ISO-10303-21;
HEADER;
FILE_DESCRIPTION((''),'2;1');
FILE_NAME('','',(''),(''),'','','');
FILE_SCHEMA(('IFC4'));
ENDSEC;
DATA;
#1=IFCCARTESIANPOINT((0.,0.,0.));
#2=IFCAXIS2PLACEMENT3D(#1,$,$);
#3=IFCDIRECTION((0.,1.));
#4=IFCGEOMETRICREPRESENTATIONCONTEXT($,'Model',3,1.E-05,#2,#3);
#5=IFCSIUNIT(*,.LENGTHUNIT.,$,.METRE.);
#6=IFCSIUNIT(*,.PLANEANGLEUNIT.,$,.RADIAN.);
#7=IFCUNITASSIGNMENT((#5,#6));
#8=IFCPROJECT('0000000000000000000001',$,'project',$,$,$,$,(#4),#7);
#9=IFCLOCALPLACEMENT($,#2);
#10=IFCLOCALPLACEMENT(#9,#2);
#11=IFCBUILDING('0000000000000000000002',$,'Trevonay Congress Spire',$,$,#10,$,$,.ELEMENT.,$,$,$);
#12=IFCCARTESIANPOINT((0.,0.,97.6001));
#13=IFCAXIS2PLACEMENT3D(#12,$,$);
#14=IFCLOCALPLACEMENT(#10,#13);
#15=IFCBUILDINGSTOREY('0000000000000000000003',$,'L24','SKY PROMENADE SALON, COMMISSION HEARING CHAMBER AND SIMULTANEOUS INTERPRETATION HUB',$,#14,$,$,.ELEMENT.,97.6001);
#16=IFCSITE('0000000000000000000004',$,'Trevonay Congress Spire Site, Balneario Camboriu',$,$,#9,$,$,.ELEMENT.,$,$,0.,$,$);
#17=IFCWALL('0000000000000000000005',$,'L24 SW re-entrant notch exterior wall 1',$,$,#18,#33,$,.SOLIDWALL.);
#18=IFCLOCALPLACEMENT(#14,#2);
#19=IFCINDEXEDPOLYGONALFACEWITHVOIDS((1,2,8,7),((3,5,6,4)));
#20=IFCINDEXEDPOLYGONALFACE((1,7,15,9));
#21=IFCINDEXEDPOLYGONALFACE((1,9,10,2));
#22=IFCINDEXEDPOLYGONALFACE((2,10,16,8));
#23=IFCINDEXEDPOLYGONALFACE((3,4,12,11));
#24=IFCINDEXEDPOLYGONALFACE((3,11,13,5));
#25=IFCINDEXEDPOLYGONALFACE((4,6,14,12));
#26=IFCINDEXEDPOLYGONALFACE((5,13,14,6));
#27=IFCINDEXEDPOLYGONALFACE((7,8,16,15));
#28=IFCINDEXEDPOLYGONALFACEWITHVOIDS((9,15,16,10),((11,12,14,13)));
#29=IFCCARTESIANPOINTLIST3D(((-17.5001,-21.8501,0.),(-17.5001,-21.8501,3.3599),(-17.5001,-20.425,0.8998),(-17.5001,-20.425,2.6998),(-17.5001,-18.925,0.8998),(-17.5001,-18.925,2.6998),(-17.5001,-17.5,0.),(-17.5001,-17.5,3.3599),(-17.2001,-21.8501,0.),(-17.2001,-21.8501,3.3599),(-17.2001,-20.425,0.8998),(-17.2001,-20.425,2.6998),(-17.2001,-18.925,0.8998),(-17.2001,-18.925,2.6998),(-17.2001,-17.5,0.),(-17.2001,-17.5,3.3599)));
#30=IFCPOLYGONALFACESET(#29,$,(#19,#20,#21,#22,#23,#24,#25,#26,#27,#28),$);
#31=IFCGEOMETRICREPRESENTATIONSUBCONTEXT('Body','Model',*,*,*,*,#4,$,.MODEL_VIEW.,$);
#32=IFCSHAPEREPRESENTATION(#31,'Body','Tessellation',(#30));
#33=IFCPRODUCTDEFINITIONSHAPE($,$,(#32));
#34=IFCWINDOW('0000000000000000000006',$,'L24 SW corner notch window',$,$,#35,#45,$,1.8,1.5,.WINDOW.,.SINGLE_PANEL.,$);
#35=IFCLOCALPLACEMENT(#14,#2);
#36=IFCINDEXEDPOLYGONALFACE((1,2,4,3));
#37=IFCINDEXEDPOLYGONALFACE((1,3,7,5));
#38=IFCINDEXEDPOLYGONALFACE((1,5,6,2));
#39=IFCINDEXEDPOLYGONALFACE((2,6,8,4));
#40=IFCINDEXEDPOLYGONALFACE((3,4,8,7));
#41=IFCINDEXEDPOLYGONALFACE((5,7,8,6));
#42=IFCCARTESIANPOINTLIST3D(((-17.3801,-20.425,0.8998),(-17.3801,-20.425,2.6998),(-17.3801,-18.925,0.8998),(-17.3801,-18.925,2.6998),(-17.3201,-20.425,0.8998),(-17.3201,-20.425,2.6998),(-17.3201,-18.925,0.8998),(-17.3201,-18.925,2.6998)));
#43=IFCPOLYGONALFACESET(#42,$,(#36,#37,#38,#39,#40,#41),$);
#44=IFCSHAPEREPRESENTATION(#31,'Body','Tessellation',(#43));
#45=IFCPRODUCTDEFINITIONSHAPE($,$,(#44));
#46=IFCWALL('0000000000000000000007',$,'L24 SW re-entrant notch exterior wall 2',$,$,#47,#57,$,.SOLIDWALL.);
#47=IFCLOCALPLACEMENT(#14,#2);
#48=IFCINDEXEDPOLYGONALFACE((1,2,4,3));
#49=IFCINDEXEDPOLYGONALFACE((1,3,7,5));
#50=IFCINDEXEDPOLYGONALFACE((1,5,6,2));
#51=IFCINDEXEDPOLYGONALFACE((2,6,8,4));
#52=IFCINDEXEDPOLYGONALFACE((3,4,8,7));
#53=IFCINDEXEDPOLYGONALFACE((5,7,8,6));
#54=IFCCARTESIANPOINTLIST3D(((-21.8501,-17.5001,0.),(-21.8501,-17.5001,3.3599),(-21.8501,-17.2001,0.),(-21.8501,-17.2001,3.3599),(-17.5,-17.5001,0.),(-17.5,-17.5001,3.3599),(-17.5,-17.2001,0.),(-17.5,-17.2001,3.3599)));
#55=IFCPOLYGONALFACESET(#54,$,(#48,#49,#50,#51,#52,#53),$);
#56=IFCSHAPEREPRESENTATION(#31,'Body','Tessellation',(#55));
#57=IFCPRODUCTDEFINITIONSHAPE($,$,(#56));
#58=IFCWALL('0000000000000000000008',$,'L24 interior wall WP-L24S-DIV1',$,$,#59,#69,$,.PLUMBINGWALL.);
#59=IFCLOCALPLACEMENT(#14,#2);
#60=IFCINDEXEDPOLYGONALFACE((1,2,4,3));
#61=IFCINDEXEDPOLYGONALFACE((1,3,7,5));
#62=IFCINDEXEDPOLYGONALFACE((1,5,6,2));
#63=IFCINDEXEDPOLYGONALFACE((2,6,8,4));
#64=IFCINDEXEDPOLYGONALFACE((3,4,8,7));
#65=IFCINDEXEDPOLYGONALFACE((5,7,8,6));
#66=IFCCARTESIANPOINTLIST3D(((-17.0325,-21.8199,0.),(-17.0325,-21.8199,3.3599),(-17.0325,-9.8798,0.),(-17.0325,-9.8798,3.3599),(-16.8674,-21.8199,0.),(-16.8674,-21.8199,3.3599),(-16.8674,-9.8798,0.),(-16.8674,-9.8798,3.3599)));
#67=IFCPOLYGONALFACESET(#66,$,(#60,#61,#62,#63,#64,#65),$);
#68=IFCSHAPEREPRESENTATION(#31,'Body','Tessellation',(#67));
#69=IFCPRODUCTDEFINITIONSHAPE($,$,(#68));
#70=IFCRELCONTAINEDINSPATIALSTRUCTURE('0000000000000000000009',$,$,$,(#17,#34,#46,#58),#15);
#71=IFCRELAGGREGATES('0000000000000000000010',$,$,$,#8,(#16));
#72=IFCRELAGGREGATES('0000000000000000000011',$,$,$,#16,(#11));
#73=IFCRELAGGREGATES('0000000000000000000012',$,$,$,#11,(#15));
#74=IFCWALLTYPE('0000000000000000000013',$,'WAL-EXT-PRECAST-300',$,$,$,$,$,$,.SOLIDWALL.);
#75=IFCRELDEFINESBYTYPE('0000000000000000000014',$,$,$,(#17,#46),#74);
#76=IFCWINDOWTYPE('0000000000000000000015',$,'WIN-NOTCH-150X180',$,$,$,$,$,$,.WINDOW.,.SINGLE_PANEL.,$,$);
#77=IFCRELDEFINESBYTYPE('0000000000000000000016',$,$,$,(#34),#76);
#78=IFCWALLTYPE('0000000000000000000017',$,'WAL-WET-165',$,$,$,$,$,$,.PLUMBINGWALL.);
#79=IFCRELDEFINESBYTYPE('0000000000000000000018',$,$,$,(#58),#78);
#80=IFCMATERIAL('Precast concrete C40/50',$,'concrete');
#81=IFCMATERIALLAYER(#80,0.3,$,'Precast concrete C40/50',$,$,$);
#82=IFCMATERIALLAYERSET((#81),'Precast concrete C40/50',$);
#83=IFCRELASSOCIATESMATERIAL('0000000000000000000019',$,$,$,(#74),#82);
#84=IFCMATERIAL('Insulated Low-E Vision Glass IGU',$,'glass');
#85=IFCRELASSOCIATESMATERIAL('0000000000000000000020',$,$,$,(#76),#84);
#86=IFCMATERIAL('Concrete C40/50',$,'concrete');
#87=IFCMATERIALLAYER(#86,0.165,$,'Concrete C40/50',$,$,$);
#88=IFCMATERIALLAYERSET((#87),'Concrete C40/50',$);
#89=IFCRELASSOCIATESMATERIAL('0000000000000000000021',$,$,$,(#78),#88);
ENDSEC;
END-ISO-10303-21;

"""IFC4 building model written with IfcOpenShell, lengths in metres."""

from ifc_helpers import new_model, si_unit, direction, frame, frame_2d, origin, place, context, subcontext, project, spatial, rectangle, extrude, material, layer, layer_set, type_object, element, fill, save


model = new_model("IFC4")

# Units and contexts
model_context = context("Model", 3, precision=1e-05, world=origin(), true_north=direction((0.0, 1.0)))
body_context = subcontext(model_context, "Body", "Model", "MODEL_VIEW")
ifc_project = project(units=[si_unit("LENGTHUNIT", "METRE"), si_unit("PLANEANGLEUNIT", "RADIAN")], contexts=[model_context])

# Site, building, storey
site_placement = place(None, origin())
site = spatial("IfcSite", under=ifc_project, at=site_placement, Name="Trevonay Congress Spire Site, Balneario Camboriu", CompositionType="ELEMENT", RefElevation=0.0)
building_placement = place(site_placement, origin())
building = spatial("IfcBuilding", under=site, at=building_placement, Name="Trevonay Congress Spire", CompositionType="ELEMENT")
storey_placement = place(building_placement, frame((0.0, 0.0, 97.6001)))
storey = spatial("IfcBuildingStorey", under=building, at=storey_placement, Name="L24", Description="SKY PROMENADE SALON, COMMISSION HEARING CHAMBER AND SIMULTANEOUS INTERPRETATION HUB", CompositionType="ELEMENT", Elevation=97.6001)

# Shared definitions
ifc_material_1 = material(Name="Insulated Low-E Vision Glass IGU", Category="glass")

# Wall, opening, window
ifc_material_2 = material(Name="Precast concrete C40/50", Category="concrete")
ifc_layer_1 = layer(ifc_material_2, 0.3, Name="Precast concrete C40/50")
ifc_layer_set_1 = layer_set([ifc_layer_1], Name="Precast concrete C40/50")
wall_type_1 = type_object("IfcWallType", Name="WAL-EXT-PRECAST-300", PredefinedType="SOLIDWALL", material=ifc_layer_set_1)
wall_1_placement = place(storey_placement, frame((-17.3501, -21.8501, 0.0), z_axis=(0.0, 0.0, 1.0), x_axis=(0.0, 1.0, 0.0)))
wall_1 = element("IfcWall", 1, at=wall_1_placement, inside=storey, type_object=wall_type_1, Name="L24 SW re-entrant notch exterior wall 1", PredefinedType="SOLIDWALL", context=body_context, shape_type="SweptSolid", body=[
    extrude(rectangle(XDim=4.3501, YDim=0.3, at=frame_2d((2.175, 0.0))), origin(), (0.0, 0.0, 1.0), 3.3599),
])
opening_placement = place(wall_1_placement, frame((1.425, 0.0, 0.8999)))
opening = element("IfcOpeningElement", 2, at=opening_placement, cuts=wall_1, PredefinedType="OPENING", context=body_context, shape_type="SweptSolid", body=[
    extrude(rectangle(XDim=1.5, YDim=1.8, at=frame_2d((0.75, 0.8999))), frame((0.0, 0.1602, 0.0), z_axis=(0.0, -1.0, 0.0), x_axis=(1.0, 0.0, 0.0)), (0.0, 0.0, 1.0), 0.3201),
])
window_type = type_object("IfcWindowType", Name="WIN-NOTCH-150X180", PartitioningType="SINGLE_PANEL", PredefinedType="WINDOW", material=ifc_material_1)
window_placement = place(opening_placement, origin())
window = element("IfcWindow", 3, at=window_placement, inside=storey, type_object=window_type, Name="L24 SW corner notch window", OverallHeight=1.8, OverallWidth=1.5, PartitioningType="SINGLE_PANEL", PredefinedType="WINDOW", context=body_context, shape_type="SweptSolid", body=[
    extrude(rectangle(XDim=1.5, YDim=1.8, at=frame_2d((0.75, 0.8999))), frame((0.0, 0.03, 0.0), z_axis=(0.0, -1.0, 0.0), x_axis=(1.0, 0.0, 0.0)), (0.0, 0.0, 1.0), 0.0601),
])
fill(opening, window)

# Walls
wall_2_placement = place(storey_placement, frame((-21.8501, -17.3501, 0.0), z_axis=(0.0, 0.0, 1.0), x_axis=(1.0, 0.0, 0.0)))
element("IfcWall", 4, at=wall_2_placement, inside=storey, type_object=wall_type_1, Name="L24 SW re-entrant notch exterior wall 2", PredefinedType="SOLIDWALL", context=body_context, shape_type="SweptSolid", body=[
    extrude(rectangle(XDim=4.3501, YDim=0.3, at=frame_2d((2.175, 0.0))), origin(), (0.0, 0.0, 1.0), 3.3599),
])
ifc_material_3 = material(Name="Concrete C40/50", Category="concrete")
ifc_layer_2 = layer(ifc_material_3, 0.165, Name="Concrete C40/50")
ifc_layer_set_2 = layer_set([ifc_layer_2], Name="Concrete C40/50")
wall_type_2 = type_object("IfcWallType", Name="WAL-WET-165", PredefinedType="PLUMBINGWALL", material=ifc_layer_set_2)
wall_3_placement = place(storey_placement, frame((-16.95, -21.8201, 0.0), z_axis=(0.0, 0.0, 1.0), x_axis=(0.0, 1.0, 0.0)))
element("IfcWall", 5, at=wall_3_placement, inside=storey, type_object=wall_type_2, Name="L24 interior wall WP-L24S-DIV1", PredefinedType="PLUMBINGWALL", context=body_context, shape_type="SweptSolid", body=[
    extrude(rectangle(XDim=11.9402, YDim=0.165, at=frame_2d((5.9702, 0.0))), origin(), (0.0, 0.0, 1.0), 3.3599),
])

save(model, "model.ifc")
